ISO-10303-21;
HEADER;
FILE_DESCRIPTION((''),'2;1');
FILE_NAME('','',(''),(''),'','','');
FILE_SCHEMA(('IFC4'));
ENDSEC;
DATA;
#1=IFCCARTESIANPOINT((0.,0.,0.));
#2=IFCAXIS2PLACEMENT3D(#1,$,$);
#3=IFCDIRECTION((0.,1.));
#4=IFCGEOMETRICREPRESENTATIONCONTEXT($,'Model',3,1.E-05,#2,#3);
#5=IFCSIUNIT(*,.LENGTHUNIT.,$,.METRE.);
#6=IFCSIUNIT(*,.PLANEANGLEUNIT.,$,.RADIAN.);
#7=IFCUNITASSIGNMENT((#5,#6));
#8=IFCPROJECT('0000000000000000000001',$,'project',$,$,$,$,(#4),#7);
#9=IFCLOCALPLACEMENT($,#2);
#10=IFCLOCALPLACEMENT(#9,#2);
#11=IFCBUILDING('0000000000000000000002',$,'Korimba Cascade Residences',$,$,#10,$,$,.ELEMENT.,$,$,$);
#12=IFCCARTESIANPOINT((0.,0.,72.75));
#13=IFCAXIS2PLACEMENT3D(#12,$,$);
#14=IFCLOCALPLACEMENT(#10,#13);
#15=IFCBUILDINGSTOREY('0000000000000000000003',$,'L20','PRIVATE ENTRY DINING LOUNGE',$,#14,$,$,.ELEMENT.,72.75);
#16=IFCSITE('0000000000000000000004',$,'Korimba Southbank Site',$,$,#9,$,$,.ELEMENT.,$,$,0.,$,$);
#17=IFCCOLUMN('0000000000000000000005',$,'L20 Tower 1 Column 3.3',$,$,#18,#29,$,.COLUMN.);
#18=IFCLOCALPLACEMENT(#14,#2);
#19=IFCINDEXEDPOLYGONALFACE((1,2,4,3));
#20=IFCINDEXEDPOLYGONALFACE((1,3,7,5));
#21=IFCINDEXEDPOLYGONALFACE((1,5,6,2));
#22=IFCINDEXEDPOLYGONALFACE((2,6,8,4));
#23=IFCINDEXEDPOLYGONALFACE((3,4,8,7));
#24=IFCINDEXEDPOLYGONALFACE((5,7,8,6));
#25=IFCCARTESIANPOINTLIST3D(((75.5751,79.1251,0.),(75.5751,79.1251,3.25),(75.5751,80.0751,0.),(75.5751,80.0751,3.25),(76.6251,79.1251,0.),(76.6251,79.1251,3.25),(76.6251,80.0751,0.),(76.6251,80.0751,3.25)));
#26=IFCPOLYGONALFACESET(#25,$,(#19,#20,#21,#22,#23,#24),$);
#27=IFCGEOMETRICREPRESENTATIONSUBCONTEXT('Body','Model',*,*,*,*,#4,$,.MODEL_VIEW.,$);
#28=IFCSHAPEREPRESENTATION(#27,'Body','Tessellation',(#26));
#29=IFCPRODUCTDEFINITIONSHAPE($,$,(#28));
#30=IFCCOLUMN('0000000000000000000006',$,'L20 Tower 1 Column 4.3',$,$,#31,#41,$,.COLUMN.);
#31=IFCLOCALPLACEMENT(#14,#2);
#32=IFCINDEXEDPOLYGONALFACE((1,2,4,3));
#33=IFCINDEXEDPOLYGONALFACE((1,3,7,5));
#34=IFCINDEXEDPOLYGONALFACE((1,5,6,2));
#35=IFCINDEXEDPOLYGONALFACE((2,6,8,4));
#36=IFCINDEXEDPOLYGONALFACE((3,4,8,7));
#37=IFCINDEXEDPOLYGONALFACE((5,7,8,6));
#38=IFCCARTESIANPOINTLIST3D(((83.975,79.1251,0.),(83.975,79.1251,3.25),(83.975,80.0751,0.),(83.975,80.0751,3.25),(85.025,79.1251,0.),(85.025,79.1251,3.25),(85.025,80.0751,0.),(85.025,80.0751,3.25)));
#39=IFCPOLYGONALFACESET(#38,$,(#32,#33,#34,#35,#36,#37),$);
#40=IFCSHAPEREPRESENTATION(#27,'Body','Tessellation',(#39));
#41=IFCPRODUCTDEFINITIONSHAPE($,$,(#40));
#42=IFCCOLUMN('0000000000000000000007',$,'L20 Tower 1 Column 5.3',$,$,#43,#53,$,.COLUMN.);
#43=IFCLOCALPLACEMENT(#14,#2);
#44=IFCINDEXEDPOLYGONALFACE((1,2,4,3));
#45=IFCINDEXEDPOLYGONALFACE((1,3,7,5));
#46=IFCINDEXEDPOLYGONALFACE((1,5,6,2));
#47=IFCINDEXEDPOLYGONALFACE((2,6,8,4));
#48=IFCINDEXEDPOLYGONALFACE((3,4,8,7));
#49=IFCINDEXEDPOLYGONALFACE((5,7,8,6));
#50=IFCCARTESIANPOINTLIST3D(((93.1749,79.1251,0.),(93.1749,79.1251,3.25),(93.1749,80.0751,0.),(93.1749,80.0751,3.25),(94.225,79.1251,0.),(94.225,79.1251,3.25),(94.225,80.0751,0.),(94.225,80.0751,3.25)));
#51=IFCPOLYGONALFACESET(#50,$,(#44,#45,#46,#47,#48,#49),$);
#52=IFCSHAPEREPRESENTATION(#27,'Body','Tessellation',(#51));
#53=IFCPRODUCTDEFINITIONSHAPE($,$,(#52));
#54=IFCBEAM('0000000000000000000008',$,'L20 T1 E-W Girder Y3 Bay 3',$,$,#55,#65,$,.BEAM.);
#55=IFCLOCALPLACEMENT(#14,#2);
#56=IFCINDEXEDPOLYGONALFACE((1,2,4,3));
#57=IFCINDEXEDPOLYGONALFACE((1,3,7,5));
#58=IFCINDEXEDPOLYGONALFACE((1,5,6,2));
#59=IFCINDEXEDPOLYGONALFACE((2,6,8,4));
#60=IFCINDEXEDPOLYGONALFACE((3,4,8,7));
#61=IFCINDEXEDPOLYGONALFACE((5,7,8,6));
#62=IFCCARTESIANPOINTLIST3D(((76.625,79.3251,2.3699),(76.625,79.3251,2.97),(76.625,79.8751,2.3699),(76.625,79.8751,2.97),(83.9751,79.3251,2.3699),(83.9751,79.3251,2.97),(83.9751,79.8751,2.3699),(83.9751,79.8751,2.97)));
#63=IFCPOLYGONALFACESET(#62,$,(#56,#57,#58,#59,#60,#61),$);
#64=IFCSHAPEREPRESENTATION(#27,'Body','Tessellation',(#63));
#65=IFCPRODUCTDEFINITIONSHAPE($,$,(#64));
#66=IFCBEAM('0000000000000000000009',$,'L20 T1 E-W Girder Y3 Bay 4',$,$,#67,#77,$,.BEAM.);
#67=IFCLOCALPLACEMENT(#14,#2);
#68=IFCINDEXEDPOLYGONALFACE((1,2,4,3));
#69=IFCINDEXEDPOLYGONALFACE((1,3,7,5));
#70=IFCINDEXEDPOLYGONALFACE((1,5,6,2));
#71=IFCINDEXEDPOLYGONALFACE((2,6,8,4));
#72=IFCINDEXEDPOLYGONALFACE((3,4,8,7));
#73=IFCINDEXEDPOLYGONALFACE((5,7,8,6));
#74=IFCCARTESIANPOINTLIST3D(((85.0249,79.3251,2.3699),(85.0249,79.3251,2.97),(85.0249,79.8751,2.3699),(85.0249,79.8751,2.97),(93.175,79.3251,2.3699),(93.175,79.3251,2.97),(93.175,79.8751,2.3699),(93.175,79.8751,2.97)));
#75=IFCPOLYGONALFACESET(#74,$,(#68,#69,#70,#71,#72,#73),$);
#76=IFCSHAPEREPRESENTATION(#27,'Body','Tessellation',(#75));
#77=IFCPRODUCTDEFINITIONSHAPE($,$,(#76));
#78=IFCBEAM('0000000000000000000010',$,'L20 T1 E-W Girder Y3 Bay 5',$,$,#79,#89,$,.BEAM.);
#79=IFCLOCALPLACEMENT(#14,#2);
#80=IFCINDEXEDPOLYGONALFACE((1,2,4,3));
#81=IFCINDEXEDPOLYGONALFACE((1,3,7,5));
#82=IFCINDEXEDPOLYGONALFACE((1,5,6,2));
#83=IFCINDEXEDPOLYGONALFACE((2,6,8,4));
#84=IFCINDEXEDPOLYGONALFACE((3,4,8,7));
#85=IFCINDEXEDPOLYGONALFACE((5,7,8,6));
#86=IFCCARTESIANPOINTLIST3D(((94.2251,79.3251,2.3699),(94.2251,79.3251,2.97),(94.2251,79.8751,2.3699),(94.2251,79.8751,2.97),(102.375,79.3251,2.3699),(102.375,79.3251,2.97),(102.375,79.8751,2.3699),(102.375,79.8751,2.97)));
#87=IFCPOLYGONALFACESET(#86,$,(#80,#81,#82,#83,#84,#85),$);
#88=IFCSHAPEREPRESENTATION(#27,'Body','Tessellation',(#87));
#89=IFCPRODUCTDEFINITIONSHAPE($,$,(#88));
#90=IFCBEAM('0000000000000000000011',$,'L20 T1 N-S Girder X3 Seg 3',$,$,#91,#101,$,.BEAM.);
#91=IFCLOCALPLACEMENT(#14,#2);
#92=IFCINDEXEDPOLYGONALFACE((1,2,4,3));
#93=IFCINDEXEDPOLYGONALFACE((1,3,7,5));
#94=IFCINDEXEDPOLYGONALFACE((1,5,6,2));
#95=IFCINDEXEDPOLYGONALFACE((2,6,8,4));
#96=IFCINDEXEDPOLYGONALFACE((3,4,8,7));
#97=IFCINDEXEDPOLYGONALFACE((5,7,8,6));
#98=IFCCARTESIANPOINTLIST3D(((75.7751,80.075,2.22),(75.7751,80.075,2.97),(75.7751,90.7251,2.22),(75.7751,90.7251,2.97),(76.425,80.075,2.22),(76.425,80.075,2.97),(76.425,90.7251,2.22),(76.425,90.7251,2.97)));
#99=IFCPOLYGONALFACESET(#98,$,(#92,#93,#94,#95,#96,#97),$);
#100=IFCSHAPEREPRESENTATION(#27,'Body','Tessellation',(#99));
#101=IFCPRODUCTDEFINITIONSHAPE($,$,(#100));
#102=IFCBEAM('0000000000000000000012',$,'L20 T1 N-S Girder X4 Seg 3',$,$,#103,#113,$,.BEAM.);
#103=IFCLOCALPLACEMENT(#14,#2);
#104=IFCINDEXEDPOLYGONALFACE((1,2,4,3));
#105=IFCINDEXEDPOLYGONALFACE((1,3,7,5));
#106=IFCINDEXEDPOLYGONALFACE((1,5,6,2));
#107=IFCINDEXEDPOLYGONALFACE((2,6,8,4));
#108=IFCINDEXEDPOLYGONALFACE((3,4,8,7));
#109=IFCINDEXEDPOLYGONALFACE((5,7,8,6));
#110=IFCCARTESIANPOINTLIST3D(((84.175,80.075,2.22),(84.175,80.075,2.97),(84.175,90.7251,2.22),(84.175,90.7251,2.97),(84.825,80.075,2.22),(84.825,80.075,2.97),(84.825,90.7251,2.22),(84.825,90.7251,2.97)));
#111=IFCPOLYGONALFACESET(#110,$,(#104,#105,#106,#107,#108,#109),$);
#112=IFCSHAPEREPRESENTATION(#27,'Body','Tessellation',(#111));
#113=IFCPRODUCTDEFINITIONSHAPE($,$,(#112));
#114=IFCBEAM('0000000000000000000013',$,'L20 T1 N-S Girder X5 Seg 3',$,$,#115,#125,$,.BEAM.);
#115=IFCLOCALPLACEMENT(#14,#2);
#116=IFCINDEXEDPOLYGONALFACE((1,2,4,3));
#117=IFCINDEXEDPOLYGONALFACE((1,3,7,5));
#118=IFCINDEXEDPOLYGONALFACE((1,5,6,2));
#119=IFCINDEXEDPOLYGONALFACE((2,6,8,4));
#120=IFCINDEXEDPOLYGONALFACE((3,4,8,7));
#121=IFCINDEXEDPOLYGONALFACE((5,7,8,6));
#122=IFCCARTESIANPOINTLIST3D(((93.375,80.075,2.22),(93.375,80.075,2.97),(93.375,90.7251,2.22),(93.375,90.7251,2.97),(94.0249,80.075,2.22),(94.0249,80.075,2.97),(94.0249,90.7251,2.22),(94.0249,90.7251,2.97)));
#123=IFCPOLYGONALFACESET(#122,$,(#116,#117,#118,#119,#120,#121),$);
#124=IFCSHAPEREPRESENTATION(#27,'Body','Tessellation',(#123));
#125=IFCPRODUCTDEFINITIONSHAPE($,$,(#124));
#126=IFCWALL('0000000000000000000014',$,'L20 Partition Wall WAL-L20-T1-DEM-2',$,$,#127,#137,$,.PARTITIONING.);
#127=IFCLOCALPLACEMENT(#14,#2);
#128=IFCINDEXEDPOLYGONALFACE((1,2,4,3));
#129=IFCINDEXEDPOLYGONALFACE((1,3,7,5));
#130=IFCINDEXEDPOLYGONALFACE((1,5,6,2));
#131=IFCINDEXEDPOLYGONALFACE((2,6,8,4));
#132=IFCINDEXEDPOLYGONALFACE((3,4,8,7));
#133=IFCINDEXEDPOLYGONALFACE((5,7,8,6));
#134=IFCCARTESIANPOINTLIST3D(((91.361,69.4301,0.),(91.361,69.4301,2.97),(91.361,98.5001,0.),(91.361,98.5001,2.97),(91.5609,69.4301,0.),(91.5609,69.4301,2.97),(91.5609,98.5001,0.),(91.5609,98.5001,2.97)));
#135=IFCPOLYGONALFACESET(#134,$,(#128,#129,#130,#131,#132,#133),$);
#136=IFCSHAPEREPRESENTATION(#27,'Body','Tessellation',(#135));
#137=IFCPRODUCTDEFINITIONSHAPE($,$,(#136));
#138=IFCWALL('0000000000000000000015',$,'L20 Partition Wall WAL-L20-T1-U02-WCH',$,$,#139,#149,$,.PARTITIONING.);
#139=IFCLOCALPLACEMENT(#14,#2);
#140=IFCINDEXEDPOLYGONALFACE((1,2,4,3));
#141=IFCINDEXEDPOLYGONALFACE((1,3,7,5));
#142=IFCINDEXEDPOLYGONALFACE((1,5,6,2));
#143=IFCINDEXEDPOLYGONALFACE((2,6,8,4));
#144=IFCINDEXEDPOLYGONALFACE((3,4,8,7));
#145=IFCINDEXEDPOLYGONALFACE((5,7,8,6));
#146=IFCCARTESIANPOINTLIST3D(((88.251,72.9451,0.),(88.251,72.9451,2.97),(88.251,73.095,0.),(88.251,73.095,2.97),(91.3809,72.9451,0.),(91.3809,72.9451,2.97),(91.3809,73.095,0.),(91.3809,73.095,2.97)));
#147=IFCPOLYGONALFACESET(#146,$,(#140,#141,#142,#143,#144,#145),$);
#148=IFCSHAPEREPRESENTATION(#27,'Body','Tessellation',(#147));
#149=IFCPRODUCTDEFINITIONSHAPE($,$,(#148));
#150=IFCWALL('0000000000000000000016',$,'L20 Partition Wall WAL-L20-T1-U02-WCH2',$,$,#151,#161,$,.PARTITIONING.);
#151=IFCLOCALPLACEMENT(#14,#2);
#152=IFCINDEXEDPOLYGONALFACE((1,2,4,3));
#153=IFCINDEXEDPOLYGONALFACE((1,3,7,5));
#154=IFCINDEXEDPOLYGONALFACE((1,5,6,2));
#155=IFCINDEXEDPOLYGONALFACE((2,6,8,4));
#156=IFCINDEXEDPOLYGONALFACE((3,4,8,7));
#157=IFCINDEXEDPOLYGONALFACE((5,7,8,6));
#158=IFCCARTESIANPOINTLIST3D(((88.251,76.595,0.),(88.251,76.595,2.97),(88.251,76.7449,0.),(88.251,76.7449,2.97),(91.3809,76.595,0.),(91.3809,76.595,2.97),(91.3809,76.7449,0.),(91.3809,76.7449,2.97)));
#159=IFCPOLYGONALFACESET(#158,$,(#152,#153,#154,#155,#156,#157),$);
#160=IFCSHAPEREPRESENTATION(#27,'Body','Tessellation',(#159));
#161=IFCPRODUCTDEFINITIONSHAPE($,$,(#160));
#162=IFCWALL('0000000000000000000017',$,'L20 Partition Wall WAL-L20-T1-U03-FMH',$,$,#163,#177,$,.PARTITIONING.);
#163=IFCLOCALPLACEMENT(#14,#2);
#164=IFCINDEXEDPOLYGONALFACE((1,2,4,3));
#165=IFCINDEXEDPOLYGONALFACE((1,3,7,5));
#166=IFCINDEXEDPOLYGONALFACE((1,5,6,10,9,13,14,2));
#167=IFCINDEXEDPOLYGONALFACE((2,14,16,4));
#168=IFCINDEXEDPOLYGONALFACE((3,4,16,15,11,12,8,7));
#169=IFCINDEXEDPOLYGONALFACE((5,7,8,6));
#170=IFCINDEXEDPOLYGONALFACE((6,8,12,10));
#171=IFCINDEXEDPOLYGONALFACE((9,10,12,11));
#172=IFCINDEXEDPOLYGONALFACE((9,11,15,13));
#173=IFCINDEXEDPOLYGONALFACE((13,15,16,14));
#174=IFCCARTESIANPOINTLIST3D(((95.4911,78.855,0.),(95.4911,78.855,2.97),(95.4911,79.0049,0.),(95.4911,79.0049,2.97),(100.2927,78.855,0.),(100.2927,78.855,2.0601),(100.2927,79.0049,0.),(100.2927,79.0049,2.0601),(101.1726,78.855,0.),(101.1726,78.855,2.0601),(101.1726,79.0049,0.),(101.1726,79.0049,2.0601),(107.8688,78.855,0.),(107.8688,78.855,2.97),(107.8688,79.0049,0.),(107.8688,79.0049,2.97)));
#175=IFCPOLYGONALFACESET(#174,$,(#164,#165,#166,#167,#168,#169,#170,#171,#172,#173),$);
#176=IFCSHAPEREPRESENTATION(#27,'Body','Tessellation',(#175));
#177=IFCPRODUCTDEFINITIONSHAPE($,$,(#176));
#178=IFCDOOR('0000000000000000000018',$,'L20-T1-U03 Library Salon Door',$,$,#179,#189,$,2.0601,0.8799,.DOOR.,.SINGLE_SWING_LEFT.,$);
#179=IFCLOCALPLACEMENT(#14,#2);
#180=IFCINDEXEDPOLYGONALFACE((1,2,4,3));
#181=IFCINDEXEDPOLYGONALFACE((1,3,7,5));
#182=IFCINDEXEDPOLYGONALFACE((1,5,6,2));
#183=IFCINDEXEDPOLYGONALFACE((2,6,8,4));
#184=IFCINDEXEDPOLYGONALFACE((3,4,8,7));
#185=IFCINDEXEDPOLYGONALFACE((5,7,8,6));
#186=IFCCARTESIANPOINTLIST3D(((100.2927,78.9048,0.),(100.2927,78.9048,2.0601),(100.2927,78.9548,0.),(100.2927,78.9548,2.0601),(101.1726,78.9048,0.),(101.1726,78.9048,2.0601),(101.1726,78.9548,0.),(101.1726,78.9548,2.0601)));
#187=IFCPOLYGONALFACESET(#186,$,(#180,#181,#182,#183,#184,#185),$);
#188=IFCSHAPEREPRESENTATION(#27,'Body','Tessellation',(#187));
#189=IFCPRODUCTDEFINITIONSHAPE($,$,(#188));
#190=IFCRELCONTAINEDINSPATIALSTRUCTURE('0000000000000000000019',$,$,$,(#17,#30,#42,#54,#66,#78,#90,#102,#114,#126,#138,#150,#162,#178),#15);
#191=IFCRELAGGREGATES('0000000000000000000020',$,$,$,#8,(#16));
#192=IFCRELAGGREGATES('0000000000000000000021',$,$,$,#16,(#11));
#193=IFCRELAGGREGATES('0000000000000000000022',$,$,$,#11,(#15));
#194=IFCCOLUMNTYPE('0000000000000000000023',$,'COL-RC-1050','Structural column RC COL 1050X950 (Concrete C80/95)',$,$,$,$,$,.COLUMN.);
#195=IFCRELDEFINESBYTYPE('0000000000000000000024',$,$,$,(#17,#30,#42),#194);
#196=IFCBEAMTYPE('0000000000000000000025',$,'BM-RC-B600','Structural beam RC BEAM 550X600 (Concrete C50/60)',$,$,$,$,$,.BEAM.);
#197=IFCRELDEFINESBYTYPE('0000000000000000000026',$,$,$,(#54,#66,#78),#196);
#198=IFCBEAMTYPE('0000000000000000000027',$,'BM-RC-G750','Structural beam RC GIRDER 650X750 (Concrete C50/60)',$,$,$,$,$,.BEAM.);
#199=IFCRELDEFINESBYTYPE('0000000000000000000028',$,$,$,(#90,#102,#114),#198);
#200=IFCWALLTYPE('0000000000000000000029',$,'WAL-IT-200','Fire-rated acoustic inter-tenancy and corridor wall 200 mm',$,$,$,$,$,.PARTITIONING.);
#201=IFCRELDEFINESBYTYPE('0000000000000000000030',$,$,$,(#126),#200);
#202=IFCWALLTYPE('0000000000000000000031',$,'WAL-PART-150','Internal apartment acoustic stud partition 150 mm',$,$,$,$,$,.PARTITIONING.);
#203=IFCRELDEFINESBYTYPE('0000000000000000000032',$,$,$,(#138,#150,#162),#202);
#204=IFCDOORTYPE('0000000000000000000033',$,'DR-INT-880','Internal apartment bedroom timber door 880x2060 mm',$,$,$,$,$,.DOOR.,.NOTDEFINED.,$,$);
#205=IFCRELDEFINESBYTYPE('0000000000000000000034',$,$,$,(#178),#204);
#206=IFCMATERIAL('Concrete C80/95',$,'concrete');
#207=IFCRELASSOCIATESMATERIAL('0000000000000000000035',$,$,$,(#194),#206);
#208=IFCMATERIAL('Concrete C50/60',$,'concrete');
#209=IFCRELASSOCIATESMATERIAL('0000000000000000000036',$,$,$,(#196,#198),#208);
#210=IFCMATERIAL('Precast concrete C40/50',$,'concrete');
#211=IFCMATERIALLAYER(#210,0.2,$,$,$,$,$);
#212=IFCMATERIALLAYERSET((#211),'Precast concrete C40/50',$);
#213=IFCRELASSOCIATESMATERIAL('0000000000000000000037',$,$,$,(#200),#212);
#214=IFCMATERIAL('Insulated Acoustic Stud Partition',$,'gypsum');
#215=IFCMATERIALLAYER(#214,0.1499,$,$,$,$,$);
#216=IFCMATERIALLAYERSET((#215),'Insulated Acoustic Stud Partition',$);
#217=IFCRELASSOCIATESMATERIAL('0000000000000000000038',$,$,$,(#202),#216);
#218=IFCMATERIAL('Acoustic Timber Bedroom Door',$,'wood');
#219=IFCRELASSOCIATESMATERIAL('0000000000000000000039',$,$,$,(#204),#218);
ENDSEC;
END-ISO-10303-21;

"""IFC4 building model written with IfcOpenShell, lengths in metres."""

from ifc_helpers import new_model, si_unit, direction, frame, frame_2d, origin, origin_2d, place, context, subcontext, project, spatial, rectangle, extrude, material, layer, layer_set, material_profile, profile_set, type_object, element, fill, save


model = new_model("IFC4")

# Units and contexts
model_context = context("Model", 3, precision=1e-05, world=origin(), true_north=direction((0.0, 1.0)))
body_context = subcontext(model_context, "Body", "Model", "MODEL_VIEW")
ifc_project = project(units=[si_unit("LENGTHUNIT", "METRE"), si_unit("PLANEANGLEUNIT", "RADIAN")], contexts=[model_context])

# Site, building, storey
site_placement = place(None, origin())
site = spatial("IfcSite", under=ifc_project, at=site_placement, Name="Korimba Southbank Site", CompositionType="ELEMENT", RefElevation=0.0)
building_placement = place(site_placement, origin())
building = spatial("IfcBuilding", under=site, at=building_placement, Name="Korimba Cascade Residences", CompositionType="ELEMENT")
storey_placement = place(building_placement, frame((0.0, 0.0, 72.75)))
storey = spatial("IfcBuildingStorey", under=building, at=storey_placement, Name="L20", Description="PRIVATE ENTRY DINING LOUNGE", CompositionType="ELEMENT", Elevation=72.75)

# Columns
ifc_material_1 = material(Name="Concrete C80/95", Category="concrete")
ifc_material_profile_1 = material_profile(ifc_material_1, rectangle(XDim=1.05, YDim=0.95, at=origin_2d()), Name="Concrete C80/95")
ifc_profile_set_1 = profile_set([ifc_material_profile_1], Name="Concrete C80/95")
column_type = type_object("IfcColumnType", Name="COL-RC-1050", Description="Structural column RC COL 1050X950 (Concrete C80/95)", PredefinedType="COLUMN", material=ifc_profile_set_1)
for number, where, z_axis, x_axis, name in (
    (1, (76.1001, 79.6001, 0.0), (0.0, 0.0, 1.0), (1.0, 0.0, 0.0), "L20 Tower 1 Column 3.3"),
    (2, (84.5, 79.6001, 0.0), (0.0, 0.0, 1.0), (1.0, 0.0, 0.0), "L20 Tower 1 Column 4.3"),
    (3, (93.7, 79.6001, 0.0), (0.0, 0.0, 1.0), (1.0, 0.0, 0.0), "L20 Tower 1 Column 5.3"),
):
    element("IfcColumn", number, at=place(storey_placement, frame(where, z_axis=z_axis, x_axis=x_axis)), inside=storey, type_object=column_type, Name=name, PredefinedType="COLUMN", context=body_context, shape_type="SweptSolid", body=[
        extrude(rectangle(XDim=1.05, YDim=0.95, at=origin_2d()), origin(), (0.0, 0.0, 1.0), 3.25),
    ])

# Beams
ifc_material_2 = material(Name="Concrete C50/60", Category="concrete")
ifc_material_profile_2 = material_profile(ifc_material_2, rectangle(XDim=0.55, YDim=0.6001, at=origin_2d()), Name="Concrete C50/60")
ifc_profile_set_2 = profile_set([ifc_material_profile_2], Name="Concrete C50/60")
beam_type_1 = type_object("IfcBeamType", Name="BM-RC-B600", Description="Structural beam RC BEAM 550X600 (Concrete C50/60)", PredefinedType="BEAM", material=ifc_profile_set_2)
beam_1_placement = place(storey_placement, frame((76.625, 79.6001, 2.6699), z_axis=(1.0, 0.0, 0.0), x_axis=(0.0, 1.0, 0.0)))
element("IfcBeam", 4, at=beam_1_placement, inside=storey, type_object=beam_type_1, Name="L20 T1 E-W Girder Y3 Bay 3", PredefinedType="BEAM", context=body_context, shape_type="SweptSolid", body=[
    extrude(rectangle(XDim=0.55, YDim=0.6001, at=origin_2d()), origin(), (0.0, 0.0, 1.0), 7.3501),
])
beam_2_placement = place(storey_placement, frame((85.0249, 79.6001, 2.6699), z_axis=(1.0, 0.0, 0.0), x_axis=(0.0, 1.0, 0.0)))
element("IfcBeam", 5, at=beam_2_placement, inside=storey, type_object=beam_type_1, Name="L20 T1 E-W Girder Y3 Bay 4", PredefinedType="BEAM", context=body_context, shape_type="SweptSolid", body=[
    extrude(rectangle(XDim=0.55, YDim=0.6001, at=origin_2d()), origin(), (0.0, 0.0, 1.0), 8.1501),
])
beam_3_placement = place(storey_placement, frame((94.2251, 79.6001, 2.6699), z_axis=(1.0, 0.0, 0.0), x_axis=(0.0, 1.0, 0.0)))
element("IfcBeam", 6, at=beam_3_placement, inside=storey, type_object=beam_type_1, Name="L20 T1 E-W Girder Y3 Bay 5", PredefinedType="BEAM", context=body_context, shape_type="SweptSolid", body=[
    extrude(rectangle(XDim=0.55, YDim=0.6001, at=origin_2d()), origin(), (0.0, 0.0, 1.0), 8.1499),
])
ifc_material_profile_3 = material_profile(ifc_material_2, rectangle(XDim=0.6499, YDim=0.75, at=origin_2d()), Name="Concrete C50/60")
ifc_profile_set_3 = profile_set([ifc_material_profile_3], Name="Concrete C50/60")
beam_type_2 = type_object("IfcBeamType", Name="BM-RC-G750", Description="Structural beam RC GIRDER 650X750 (Concrete C50/60)", PredefinedType="BEAM", material=ifc_profile_set_3)
for number, where, z_axis, x_axis, name in (
    (7, (76.1001, 80.075, 2.595), (0.0, 1.0, 0.0), (-1.0, 0.0, 0.0), "L20 T1 N-S Girder X3 Seg 3"),
    (8, (84.5, 80.075, 2.595), (0.0, 1.0, 0.0), (-1.0, 0.0, 0.0), "L20 T1 N-S Girder X4 Seg 3"),
    (9, (93.7, 80.075, 2.595), (0.0, 1.0, 0.0), (-1.0, 0.0, 0.0), "L20 T1 N-S Girder X5 Seg 3"),
):
    element("IfcBeam", number, at=place(storey_placement, frame(where, z_axis=z_axis, x_axis=x_axis)), inside=storey, type_object=beam_type_2, Name=name, PredefinedType="BEAM", context=body_context, shape_type="SweptSolid", body=[
        extrude(rectangle(XDim=0.6499, YDim=0.75, at=origin_2d()), origin(), (0.0, 0.0, 1.0), 10.6501),
    ])

# Walls
ifc_material_3 = material(Name="Precast concrete C40/50", Category="concrete")
ifc_layer_1 = layer(ifc_material_3, 0.2)
ifc_layer_set_1 = layer_set([ifc_layer_1], Name="Precast concrete C40/50")
wall_type_1 = type_object("IfcWallType", Name="WAL-IT-200", Description="Fire-rated acoustic inter-tenancy and corridor wall 200 mm", PredefinedType="PARTITIONING", material=ifc_layer_set_1)
wall_1_placement = place(storey_placement, frame((91.4609, 69.4299, 0.0), z_axis=(0.0, 0.0, 1.0), x_axis=(0.0, 1.0, 0.0)))
element("IfcWall", 10, at=wall_1_placement, inside=storey, type_object=wall_type_1, Name="L20 Partition Wall WAL-L20-T1-DEM-2", PredefinedType="PARTITIONING", context=body_context, shape_type="SweptSolid", body=[
    extrude(rectangle(XDim=29.0701, YDim=0.2, at=frame_2d((14.5352, 0.0))), origin(), (0.0, 0.0, 1.0), 2.97),
])
ifc_material_4 = material(Name="Insulated Acoustic Stud Partition", Category="gypsum")
ifc_layer_2 = layer(ifc_material_4, 0.1499)
ifc_layer_set_2 = layer_set([ifc_layer_2], Name="Insulated Acoustic Stud Partition")
wall_type_2 = type_object("IfcWallType", Name="WAL-PART-150", Description="Internal apartment acoustic stud partition 150 mm", PredefinedType="PARTITIONING", material=ifc_layer_set_2)
for number, where, z_axis, x_axis, name in (
    (11, (88.251, 73.02, 0.0), (0.0, 0.0, 1.0), (1.0, 0.0, 0.0), "L20 Partition Wall WAL-L20-T1-U02-WCH"),
    (12, (88.251, 76.6699, 0.0), (0.0, 0.0, 1.0), (1.0, 0.0, 0.0), "L20 Partition Wall WAL-L20-T1-U02-WCH2"),
):
    element("IfcWall", number, at=place(storey_placement, frame(where, z_axis=z_axis, x_axis=x_axis)), inside=storey, type_object=wall_type_2, Name=name, PredefinedType="PARTITIONING", context=body_context, shape_type="SweptSolid", body=[
        extrude(rectangle(XDim=3.1299, YDim=0.1499, at=frame_2d((1.5649, 0.0))), origin(), (0.0, 0.0, 1.0), 2.97),
    ])

# Wall, opening, door
wall_2_placement = place(storey_placement, frame((95.491, 78.9299, 0.0), z_axis=(0.0, 0.0, 1.0), x_axis=(1.0, 0.0, 0.0)))
wall_2 = element("IfcWall", 13, at=wall_2_placement, inside=storey, type_object=wall_type_2, Name="L20 Partition Wall WAL-L20-T1-U03-FMH", PredefinedType="PARTITIONING", context=body_context, shape_type="SweptSolid", body=[
    extrude(rectangle(XDim=12.3777, YDim=0.1499, at=frame_2d((6.189, 0.0))), origin(), (0.0, 0.0, 1.0), 2.97),
])
opening_1_placement = place(wall_2_placement, frame((4.8018, 0.0, 0.0)))
opening_1 = element("IfcOpeningElement", 14, at=opening_1_placement, cuts=wall_2, PredefinedType="OPENING", context=body_context, shape_type="SweptSolid", body=[
    extrude(rectangle(XDim=0.8799, YDim=2.0601, at=frame_2d((0.4399, 1.03))), frame((0.0, 0.085, 0.0), z_axis=(0.0, -1.0, 0.0), x_axis=(1.0, 0.0, 0.0)), (0.0, 0.0, 1.0), 0.1699),
])
ifc_material_5 = material(Name="Acoustic Timber Bedroom Door", Category="wood")
door_type_1 = type_object("IfcDoorType", Name="DR-INT-880", Description="Internal apartment bedroom timber door 880x2060 mm", OperationType="NOTDEFINED", PredefinedType="DOOR", material=ifc_material_5)
door_1_placement = place(opening_1_placement, origin())
door_1 = element("IfcDoor", 15, at=door_1_placement, inside=storey, type_object=door_type_1, Name="L20-T1-U03 Library Salon Door", OperationType="SINGLE_SWING_LEFT", OverallHeight=2.0601, OverallWidth=0.8799, PredefinedType="DOOR", context=body_context, shape_type="SweptSolid", body=[
    extrude(rectangle(XDim=0.8799, YDim=2.0601, at=frame_2d((0.4399, 1.03))), frame((0.0, 0.0249, 0.0), z_axis=(0.0, -1.0, 0.0), x_axis=(1.0, 0.0, 0.0)), (0.0, 0.0, 1.0), 0.05),
])
fill(opening_1, door_1)

save(model, "model.ifc")
